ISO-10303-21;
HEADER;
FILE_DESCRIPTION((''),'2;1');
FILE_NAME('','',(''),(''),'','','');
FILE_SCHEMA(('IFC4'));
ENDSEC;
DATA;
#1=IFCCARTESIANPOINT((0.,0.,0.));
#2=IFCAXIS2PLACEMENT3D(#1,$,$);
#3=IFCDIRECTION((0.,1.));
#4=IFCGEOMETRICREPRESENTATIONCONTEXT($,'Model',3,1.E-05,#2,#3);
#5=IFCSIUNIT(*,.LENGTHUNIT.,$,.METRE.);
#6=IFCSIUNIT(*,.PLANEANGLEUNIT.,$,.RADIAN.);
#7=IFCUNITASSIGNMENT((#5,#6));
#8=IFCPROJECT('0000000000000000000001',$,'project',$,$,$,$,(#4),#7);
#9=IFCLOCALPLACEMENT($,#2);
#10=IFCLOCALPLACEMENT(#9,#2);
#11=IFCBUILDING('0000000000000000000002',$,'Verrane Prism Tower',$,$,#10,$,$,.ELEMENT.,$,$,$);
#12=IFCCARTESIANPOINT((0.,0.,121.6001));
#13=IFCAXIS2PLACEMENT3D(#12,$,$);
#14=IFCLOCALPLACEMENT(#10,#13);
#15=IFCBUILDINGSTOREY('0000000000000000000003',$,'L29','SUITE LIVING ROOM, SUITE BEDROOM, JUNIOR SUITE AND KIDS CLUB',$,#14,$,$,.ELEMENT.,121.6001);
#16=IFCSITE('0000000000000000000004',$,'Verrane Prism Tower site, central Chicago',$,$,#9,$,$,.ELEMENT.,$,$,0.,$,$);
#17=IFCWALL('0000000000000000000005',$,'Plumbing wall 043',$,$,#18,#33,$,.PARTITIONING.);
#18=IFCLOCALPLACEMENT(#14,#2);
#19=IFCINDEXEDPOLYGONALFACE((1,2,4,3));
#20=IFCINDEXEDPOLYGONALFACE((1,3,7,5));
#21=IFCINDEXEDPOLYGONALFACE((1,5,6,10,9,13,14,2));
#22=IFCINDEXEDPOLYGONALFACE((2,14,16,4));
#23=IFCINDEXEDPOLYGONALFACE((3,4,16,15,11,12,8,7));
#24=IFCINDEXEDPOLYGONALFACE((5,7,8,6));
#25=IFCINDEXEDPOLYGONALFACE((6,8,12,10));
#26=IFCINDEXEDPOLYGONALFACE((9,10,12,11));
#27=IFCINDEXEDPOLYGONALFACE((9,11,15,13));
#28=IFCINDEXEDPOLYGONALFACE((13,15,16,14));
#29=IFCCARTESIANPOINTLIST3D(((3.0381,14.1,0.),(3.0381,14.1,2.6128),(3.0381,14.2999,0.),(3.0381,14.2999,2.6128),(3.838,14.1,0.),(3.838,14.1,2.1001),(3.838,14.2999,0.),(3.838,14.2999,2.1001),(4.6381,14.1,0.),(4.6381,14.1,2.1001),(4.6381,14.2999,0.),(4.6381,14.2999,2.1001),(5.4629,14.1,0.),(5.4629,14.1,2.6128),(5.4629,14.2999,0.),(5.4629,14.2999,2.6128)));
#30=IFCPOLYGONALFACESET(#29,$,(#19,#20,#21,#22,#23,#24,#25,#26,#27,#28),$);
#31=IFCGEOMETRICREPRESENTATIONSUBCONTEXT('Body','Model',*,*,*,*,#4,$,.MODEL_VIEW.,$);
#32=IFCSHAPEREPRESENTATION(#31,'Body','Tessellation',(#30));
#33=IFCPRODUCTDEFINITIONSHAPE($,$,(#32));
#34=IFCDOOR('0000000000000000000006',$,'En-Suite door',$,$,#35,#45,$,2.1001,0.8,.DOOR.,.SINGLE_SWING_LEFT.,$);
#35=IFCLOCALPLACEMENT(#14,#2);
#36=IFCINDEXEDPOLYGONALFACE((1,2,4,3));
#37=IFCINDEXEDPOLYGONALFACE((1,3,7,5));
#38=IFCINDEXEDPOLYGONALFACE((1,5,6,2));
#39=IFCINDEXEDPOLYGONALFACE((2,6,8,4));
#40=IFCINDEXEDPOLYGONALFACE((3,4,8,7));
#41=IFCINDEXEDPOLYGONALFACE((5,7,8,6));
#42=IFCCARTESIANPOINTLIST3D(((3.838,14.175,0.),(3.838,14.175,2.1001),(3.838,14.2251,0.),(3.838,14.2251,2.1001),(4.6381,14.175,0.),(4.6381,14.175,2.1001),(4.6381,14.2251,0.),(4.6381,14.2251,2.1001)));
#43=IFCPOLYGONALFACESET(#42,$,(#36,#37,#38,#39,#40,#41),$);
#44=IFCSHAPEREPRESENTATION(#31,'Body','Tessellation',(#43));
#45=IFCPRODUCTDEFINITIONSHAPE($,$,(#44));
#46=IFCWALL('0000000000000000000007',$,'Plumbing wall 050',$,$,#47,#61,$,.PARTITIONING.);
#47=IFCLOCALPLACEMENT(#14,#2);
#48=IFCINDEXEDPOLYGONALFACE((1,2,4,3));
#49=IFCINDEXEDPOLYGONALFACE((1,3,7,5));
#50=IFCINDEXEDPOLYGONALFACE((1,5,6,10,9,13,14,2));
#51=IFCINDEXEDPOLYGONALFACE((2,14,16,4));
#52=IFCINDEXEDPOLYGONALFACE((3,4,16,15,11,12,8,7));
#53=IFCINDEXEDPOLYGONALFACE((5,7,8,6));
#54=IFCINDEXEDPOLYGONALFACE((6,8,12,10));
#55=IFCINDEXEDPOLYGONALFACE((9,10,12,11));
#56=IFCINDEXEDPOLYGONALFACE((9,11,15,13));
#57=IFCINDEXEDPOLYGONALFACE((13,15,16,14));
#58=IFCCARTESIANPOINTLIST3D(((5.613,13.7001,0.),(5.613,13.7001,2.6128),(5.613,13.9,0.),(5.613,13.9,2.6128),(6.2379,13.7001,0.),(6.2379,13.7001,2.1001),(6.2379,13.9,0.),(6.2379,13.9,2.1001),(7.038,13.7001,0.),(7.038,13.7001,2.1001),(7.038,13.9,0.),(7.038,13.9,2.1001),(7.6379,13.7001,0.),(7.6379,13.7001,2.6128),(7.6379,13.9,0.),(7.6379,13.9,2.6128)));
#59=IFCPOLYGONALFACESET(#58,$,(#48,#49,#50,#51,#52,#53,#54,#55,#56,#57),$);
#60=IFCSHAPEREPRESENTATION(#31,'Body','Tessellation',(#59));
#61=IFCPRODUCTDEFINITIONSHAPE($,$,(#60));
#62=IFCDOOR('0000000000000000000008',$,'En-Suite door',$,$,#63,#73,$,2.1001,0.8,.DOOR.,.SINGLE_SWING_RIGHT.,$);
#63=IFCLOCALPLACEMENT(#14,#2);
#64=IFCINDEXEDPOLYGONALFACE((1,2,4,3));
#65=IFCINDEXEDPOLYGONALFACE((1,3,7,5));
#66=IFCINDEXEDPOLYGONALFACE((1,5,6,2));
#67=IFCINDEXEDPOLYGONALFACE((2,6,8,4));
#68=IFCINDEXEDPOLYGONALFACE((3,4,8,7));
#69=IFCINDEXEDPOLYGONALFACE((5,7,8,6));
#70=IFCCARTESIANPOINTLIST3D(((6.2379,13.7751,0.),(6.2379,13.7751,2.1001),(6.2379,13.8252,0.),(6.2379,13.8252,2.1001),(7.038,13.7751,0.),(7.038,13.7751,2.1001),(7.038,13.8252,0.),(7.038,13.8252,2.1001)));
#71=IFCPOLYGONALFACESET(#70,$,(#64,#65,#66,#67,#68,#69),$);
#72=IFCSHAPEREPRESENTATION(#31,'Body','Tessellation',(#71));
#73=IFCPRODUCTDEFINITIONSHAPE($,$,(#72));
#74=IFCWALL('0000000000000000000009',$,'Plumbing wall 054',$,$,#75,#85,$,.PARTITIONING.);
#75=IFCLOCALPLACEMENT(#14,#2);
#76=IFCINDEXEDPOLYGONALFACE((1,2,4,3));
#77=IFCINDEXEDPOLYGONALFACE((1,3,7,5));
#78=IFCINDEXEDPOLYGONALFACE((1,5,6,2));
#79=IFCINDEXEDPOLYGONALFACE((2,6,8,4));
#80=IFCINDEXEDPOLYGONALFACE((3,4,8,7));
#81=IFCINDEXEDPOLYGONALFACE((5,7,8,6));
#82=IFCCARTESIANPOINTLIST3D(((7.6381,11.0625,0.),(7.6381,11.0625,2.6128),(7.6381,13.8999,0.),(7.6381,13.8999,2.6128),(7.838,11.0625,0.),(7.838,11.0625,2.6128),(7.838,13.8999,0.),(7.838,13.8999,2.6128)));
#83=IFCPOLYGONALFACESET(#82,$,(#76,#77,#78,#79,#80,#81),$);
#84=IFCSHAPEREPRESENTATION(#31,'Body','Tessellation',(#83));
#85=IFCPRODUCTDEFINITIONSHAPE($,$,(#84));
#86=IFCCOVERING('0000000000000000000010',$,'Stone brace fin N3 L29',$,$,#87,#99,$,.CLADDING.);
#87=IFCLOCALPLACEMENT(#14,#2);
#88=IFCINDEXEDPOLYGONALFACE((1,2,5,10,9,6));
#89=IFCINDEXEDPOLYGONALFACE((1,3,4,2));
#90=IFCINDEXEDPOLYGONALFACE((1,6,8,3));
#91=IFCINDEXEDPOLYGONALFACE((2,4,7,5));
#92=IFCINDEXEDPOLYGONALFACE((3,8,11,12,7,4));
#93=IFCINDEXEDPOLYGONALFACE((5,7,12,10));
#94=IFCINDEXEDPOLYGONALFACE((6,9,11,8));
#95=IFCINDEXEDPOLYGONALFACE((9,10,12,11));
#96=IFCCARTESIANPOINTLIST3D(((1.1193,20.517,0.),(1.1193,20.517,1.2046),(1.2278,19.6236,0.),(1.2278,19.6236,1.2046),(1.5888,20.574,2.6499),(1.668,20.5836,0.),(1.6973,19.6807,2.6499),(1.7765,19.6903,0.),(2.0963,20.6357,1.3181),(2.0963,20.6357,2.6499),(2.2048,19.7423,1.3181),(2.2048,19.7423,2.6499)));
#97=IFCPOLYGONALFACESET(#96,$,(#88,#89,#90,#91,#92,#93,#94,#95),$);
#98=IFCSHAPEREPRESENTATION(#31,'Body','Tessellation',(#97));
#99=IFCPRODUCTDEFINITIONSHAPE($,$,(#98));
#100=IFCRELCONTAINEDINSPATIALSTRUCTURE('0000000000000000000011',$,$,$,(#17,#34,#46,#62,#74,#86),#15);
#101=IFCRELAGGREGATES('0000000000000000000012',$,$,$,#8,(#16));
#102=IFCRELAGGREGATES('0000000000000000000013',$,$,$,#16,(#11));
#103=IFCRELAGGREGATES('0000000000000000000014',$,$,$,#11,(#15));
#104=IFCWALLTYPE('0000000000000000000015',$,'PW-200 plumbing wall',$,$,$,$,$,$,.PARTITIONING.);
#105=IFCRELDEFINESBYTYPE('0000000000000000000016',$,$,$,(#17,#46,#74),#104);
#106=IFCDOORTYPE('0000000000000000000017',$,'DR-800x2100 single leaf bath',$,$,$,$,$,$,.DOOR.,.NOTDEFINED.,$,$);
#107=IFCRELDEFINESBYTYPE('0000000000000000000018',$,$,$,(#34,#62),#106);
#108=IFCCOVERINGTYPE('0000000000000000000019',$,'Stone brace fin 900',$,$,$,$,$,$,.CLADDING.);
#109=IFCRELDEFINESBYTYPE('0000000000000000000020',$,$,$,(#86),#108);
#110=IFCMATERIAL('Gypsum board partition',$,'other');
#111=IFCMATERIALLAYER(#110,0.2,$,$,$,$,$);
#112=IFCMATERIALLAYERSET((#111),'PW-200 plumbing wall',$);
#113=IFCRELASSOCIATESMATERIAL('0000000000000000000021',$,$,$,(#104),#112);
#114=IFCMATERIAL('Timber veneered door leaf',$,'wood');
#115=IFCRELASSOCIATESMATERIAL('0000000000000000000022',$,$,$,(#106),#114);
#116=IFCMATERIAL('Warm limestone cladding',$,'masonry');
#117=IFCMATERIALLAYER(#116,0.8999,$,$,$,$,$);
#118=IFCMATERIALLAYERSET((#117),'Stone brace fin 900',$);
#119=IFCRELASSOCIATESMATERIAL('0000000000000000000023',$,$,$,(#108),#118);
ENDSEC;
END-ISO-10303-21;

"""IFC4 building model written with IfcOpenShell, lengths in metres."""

from ifc_helpers import new_model, si_unit, direction, frame, frame_2d, origin, place, context, subcontext, project, spatial, polyline, rectangle, outline, extrude, material, layer, layer_set, type_object, element, fill, save


model = new_model("IFC4")

# Units and contexts
model_context = context("Model", 3, precision=1e-05, world=origin(), true_north=direction((0.0, 1.0)))
body_context = subcontext(model_context, "Body", "Model", "MODEL_VIEW")
ifc_project = project(units=[si_unit("LENGTHUNIT", "METRE"), si_unit("PLANEANGLEUNIT", "RADIAN")], contexts=[model_context])

# Site, building, storey
site_placement = place(None, origin())
site = spatial("IfcSite", under=ifc_project, at=site_placement, Name="Verrane Prism Tower site, central Chicago", CompositionType="ELEMENT", RefElevation=0.0)
building_placement = place(site_placement, origin())
building = spatial("IfcBuilding", under=site, at=building_placement, Name="Verrane Prism Tower", CompositionType="ELEMENT")
storey_placement = place(building_placement, frame((0.0, 0.0, 121.6001)))
storey = spatial("IfcBuildingStorey", under=building, at=storey_placement, Name="L29", Description="SUITE LIVING ROOM, SUITE BEDROOM, JUNIOR SUITE AND KIDS CLUB", CompositionType="ELEMENT", Elevation=121.6001)

# Shared definitions
ifc_material_1 = material(Name="Gypsum board partition", Category="other")
ifc_layer_1 = layer(ifc_material_1, 0.2)
ifc_layer_set_1 = layer_set([ifc_layer_1], Name="PW-200 plumbing wall")
wall_type_1 = type_object("IfcWallType", Name="PW-200 plumbing wall", PredefinedType="PARTITIONING", material=ifc_layer_set_1)

# Walls, openings, doors
wall_1_placement = place(storey_placement, frame((5.4629, 14.2, 0.0), z_axis=(0.0, 0.0, 1.0), x_axis=(-1.0, 0.0, 0.0)))
wall_1 = element("IfcWall", 1, at=wall_1_placement, inside=storey, type_object=wall_type_1, Name="Plumbing wall 043", PredefinedType="PARTITIONING", context=body_context, shape_type="SweptSolid", body=[
    extrude(rectangle(XDim=2.4248, YDim=0.2, at=frame_2d((1.2124, 0.0))), origin(), (0.0, 0.0, 1.0), 2.6128),
])
opening_1_placement = place(wall_1_placement, frame((0.825, 0.0, 0.0)))
opening_1 = element("IfcOpeningElement", 2, at=opening_1_placement, cuts=wall_1, PredefinedType="OPENING", context=body_context, shape_type="SweptSolid", body=[
    extrude(rectangle(XDim=0.8, YDim=2.1001, at=frame_2d((0.3999, 1.05))), frame((0.0, 0.1099, 0.0), z_axis=(0.0, -1.0, 0.0), x_axis=(1.0, 0.0, 0.0)), (0.0, 0.0, 1.0), 0.22),
])
ifc_material_2 = material(Name="Timber veneered door leaf", Category="wood")
door_type_1 = type_object("IfcDoorType", Name="DR-800x2100 single leaf bath", OperationType="NOTDEFINED", PredefinedType="DOOR", material=ifc_material_2)
door_1_placement = place(opening_1_placement, origin())
door_1 = element("IfcDoor", 3, at=door_1_placement, inside=storey, type_object=door_type_1, Name="En-Suite door", OperationType="SINGLE_SWING_LEFT", OverallHeight=2.1001, OverallWidth=0.8, PredefinedType="DOOR", context=body_context, shape_type="SweptSolid", body=[
    extrude(rectangle(XDim=0.8, YDim=2.1001, at=frame_2d((0.3999, 1.05))), frame((0.0, 0.0249, 0.0), z_axis=(0.0, -1.0, 0.0), x_axis=(1.0, 0.0, 0.0)), (0.0, 0.0, 1.0), 0.05),
])
fill(opening_1, door_1)
wall_2_placement = place(storey_placement, frame((7.6379, 13.8, 0.0), z_axis=(0.0, 0.0, 1.0), x_axis=(-1.0, 0.0, 0.0)))
wall_2 = element("IfcWall", 4, at=wall_2_placement, inside=storey, type_object=wall_type_1, Name="Plumbing wall 050", PredefinedType="PARTITIONING", context=body_context, shape_type="SweptSolid", body=[
    extrude(rectangle(XDim=2.0249, YDim=0.2, at=frame_2d((1.0125, 0.0))), origin(), (0.0, 0.0, 1.0), 2.6128),
])
opening_2_placement = place(wall_2_placement, frame((0.6001, 0.0, 0.0)))
opening_2 = element("IfcOpeningElement", 5, at=opening_2_placement, cuts=wall_2, PredefinedType="OPENING", context=body_context, shape_type="SweptSolid", body=[
    extrude(rectangle(XDim=0.8, YDim=2.1001, at=frame_2d((0.3999, 1.05))), frame((0.0, 0.1099, 0.0), z_axis=(0.0, -1.0, 0.0), x_axis=(1.0, 0.0, 0.0)), (0.0, 0.0, 1.0), 0.22),
])
door_2_placement = place(opening_2_placement, origin())
door_2 = element("IfcDoor", 6, at=door_2_placement, inside=storey, type_object=door_type_1, Name="En-Suite door", OperationType="SINGLE_SWING_RIGHT", OverallHeight=2.1001, OverallWidth=0.8, PredefinedType="DOOR", context=body_context, shape_type="SweptSolid", body=[
    extrude(rectangle(XDim=0.8, YDim=2.1001, at=frame_2d((0.3999, 1.05))), frame((0.0, 0.0249, 0.0), z_axis=(0.0, -1.0, 0.0), x_axis=(1.0, 0.0, 0.0)), (0.0, 0.0, 1.0), 0.05),
])
fill(opening_2, door_2)

# Wall
wall_3_placement = place(storey_placement, frame((7.738, 11.0625, 0.0), z_axis=(0.0, 0.0, 1.0), x_axis=(0.0, 1.0, 0.0)))
element("IfcWall", 7, at=wall_3_placement, inside=storey, type_object=wall_type_1, Name="Plumbing wall 054", PredefinedType="PARTITIONING", context=body_context, shape_type="SweptSolid", body=[
    extrude(rectangle(XDim=2.8374, YDim=0.2, at=frame_2d((1.4187, 0.0))), origin(), (0.0, 0.0, 1.0), 2.6128),
])

# Covering
ifc_material_3 = material(Name="Warm limestone cladding", Category="masonry")
ifc_layer_2 = layer(ifc_material_3, 0.8999)
ifc_layer_set_2 = layer_set([ifc_layer_2], Name="Stone brace fin 900")
covering_type = type_object("IfcCoveringType", Name="Stone brace fin 900", PredefinedType="CLADDING", material=ifc_layer_set_2)
covering_placement = place(storey_placement, frame((1.1736, 20.0703, 0.0), z_axis=(0.0, 0.0, 1.0), x_axis=(0.992703, 0.120583, 0.0)))
element("IfcCovering", 8, at=covering_placement, inside=storey, type_object=covering_type, Name="Stone brace fin N3 L29", PredefinedType="CLADDING", context=body_context, shape_type="SweptSolid", body=[
    extrude(outline(polyline([(0.9841, 2.6499), (0.4729, 2.6499), (0.0, 1.2046), (0.0, 0.0), (0.5527, 0.0), (0.9841, 1.3181), (0.9841, 2.6499)])), frame((0.0, 0.45, 0.0), z_axis=(0.0, -1.0, 0.0), x_axis=(1.0, 0.0, 0.0)), (0.0, 0.0, 1.0), 0.8999),
])

save(model, "model.ifc")
